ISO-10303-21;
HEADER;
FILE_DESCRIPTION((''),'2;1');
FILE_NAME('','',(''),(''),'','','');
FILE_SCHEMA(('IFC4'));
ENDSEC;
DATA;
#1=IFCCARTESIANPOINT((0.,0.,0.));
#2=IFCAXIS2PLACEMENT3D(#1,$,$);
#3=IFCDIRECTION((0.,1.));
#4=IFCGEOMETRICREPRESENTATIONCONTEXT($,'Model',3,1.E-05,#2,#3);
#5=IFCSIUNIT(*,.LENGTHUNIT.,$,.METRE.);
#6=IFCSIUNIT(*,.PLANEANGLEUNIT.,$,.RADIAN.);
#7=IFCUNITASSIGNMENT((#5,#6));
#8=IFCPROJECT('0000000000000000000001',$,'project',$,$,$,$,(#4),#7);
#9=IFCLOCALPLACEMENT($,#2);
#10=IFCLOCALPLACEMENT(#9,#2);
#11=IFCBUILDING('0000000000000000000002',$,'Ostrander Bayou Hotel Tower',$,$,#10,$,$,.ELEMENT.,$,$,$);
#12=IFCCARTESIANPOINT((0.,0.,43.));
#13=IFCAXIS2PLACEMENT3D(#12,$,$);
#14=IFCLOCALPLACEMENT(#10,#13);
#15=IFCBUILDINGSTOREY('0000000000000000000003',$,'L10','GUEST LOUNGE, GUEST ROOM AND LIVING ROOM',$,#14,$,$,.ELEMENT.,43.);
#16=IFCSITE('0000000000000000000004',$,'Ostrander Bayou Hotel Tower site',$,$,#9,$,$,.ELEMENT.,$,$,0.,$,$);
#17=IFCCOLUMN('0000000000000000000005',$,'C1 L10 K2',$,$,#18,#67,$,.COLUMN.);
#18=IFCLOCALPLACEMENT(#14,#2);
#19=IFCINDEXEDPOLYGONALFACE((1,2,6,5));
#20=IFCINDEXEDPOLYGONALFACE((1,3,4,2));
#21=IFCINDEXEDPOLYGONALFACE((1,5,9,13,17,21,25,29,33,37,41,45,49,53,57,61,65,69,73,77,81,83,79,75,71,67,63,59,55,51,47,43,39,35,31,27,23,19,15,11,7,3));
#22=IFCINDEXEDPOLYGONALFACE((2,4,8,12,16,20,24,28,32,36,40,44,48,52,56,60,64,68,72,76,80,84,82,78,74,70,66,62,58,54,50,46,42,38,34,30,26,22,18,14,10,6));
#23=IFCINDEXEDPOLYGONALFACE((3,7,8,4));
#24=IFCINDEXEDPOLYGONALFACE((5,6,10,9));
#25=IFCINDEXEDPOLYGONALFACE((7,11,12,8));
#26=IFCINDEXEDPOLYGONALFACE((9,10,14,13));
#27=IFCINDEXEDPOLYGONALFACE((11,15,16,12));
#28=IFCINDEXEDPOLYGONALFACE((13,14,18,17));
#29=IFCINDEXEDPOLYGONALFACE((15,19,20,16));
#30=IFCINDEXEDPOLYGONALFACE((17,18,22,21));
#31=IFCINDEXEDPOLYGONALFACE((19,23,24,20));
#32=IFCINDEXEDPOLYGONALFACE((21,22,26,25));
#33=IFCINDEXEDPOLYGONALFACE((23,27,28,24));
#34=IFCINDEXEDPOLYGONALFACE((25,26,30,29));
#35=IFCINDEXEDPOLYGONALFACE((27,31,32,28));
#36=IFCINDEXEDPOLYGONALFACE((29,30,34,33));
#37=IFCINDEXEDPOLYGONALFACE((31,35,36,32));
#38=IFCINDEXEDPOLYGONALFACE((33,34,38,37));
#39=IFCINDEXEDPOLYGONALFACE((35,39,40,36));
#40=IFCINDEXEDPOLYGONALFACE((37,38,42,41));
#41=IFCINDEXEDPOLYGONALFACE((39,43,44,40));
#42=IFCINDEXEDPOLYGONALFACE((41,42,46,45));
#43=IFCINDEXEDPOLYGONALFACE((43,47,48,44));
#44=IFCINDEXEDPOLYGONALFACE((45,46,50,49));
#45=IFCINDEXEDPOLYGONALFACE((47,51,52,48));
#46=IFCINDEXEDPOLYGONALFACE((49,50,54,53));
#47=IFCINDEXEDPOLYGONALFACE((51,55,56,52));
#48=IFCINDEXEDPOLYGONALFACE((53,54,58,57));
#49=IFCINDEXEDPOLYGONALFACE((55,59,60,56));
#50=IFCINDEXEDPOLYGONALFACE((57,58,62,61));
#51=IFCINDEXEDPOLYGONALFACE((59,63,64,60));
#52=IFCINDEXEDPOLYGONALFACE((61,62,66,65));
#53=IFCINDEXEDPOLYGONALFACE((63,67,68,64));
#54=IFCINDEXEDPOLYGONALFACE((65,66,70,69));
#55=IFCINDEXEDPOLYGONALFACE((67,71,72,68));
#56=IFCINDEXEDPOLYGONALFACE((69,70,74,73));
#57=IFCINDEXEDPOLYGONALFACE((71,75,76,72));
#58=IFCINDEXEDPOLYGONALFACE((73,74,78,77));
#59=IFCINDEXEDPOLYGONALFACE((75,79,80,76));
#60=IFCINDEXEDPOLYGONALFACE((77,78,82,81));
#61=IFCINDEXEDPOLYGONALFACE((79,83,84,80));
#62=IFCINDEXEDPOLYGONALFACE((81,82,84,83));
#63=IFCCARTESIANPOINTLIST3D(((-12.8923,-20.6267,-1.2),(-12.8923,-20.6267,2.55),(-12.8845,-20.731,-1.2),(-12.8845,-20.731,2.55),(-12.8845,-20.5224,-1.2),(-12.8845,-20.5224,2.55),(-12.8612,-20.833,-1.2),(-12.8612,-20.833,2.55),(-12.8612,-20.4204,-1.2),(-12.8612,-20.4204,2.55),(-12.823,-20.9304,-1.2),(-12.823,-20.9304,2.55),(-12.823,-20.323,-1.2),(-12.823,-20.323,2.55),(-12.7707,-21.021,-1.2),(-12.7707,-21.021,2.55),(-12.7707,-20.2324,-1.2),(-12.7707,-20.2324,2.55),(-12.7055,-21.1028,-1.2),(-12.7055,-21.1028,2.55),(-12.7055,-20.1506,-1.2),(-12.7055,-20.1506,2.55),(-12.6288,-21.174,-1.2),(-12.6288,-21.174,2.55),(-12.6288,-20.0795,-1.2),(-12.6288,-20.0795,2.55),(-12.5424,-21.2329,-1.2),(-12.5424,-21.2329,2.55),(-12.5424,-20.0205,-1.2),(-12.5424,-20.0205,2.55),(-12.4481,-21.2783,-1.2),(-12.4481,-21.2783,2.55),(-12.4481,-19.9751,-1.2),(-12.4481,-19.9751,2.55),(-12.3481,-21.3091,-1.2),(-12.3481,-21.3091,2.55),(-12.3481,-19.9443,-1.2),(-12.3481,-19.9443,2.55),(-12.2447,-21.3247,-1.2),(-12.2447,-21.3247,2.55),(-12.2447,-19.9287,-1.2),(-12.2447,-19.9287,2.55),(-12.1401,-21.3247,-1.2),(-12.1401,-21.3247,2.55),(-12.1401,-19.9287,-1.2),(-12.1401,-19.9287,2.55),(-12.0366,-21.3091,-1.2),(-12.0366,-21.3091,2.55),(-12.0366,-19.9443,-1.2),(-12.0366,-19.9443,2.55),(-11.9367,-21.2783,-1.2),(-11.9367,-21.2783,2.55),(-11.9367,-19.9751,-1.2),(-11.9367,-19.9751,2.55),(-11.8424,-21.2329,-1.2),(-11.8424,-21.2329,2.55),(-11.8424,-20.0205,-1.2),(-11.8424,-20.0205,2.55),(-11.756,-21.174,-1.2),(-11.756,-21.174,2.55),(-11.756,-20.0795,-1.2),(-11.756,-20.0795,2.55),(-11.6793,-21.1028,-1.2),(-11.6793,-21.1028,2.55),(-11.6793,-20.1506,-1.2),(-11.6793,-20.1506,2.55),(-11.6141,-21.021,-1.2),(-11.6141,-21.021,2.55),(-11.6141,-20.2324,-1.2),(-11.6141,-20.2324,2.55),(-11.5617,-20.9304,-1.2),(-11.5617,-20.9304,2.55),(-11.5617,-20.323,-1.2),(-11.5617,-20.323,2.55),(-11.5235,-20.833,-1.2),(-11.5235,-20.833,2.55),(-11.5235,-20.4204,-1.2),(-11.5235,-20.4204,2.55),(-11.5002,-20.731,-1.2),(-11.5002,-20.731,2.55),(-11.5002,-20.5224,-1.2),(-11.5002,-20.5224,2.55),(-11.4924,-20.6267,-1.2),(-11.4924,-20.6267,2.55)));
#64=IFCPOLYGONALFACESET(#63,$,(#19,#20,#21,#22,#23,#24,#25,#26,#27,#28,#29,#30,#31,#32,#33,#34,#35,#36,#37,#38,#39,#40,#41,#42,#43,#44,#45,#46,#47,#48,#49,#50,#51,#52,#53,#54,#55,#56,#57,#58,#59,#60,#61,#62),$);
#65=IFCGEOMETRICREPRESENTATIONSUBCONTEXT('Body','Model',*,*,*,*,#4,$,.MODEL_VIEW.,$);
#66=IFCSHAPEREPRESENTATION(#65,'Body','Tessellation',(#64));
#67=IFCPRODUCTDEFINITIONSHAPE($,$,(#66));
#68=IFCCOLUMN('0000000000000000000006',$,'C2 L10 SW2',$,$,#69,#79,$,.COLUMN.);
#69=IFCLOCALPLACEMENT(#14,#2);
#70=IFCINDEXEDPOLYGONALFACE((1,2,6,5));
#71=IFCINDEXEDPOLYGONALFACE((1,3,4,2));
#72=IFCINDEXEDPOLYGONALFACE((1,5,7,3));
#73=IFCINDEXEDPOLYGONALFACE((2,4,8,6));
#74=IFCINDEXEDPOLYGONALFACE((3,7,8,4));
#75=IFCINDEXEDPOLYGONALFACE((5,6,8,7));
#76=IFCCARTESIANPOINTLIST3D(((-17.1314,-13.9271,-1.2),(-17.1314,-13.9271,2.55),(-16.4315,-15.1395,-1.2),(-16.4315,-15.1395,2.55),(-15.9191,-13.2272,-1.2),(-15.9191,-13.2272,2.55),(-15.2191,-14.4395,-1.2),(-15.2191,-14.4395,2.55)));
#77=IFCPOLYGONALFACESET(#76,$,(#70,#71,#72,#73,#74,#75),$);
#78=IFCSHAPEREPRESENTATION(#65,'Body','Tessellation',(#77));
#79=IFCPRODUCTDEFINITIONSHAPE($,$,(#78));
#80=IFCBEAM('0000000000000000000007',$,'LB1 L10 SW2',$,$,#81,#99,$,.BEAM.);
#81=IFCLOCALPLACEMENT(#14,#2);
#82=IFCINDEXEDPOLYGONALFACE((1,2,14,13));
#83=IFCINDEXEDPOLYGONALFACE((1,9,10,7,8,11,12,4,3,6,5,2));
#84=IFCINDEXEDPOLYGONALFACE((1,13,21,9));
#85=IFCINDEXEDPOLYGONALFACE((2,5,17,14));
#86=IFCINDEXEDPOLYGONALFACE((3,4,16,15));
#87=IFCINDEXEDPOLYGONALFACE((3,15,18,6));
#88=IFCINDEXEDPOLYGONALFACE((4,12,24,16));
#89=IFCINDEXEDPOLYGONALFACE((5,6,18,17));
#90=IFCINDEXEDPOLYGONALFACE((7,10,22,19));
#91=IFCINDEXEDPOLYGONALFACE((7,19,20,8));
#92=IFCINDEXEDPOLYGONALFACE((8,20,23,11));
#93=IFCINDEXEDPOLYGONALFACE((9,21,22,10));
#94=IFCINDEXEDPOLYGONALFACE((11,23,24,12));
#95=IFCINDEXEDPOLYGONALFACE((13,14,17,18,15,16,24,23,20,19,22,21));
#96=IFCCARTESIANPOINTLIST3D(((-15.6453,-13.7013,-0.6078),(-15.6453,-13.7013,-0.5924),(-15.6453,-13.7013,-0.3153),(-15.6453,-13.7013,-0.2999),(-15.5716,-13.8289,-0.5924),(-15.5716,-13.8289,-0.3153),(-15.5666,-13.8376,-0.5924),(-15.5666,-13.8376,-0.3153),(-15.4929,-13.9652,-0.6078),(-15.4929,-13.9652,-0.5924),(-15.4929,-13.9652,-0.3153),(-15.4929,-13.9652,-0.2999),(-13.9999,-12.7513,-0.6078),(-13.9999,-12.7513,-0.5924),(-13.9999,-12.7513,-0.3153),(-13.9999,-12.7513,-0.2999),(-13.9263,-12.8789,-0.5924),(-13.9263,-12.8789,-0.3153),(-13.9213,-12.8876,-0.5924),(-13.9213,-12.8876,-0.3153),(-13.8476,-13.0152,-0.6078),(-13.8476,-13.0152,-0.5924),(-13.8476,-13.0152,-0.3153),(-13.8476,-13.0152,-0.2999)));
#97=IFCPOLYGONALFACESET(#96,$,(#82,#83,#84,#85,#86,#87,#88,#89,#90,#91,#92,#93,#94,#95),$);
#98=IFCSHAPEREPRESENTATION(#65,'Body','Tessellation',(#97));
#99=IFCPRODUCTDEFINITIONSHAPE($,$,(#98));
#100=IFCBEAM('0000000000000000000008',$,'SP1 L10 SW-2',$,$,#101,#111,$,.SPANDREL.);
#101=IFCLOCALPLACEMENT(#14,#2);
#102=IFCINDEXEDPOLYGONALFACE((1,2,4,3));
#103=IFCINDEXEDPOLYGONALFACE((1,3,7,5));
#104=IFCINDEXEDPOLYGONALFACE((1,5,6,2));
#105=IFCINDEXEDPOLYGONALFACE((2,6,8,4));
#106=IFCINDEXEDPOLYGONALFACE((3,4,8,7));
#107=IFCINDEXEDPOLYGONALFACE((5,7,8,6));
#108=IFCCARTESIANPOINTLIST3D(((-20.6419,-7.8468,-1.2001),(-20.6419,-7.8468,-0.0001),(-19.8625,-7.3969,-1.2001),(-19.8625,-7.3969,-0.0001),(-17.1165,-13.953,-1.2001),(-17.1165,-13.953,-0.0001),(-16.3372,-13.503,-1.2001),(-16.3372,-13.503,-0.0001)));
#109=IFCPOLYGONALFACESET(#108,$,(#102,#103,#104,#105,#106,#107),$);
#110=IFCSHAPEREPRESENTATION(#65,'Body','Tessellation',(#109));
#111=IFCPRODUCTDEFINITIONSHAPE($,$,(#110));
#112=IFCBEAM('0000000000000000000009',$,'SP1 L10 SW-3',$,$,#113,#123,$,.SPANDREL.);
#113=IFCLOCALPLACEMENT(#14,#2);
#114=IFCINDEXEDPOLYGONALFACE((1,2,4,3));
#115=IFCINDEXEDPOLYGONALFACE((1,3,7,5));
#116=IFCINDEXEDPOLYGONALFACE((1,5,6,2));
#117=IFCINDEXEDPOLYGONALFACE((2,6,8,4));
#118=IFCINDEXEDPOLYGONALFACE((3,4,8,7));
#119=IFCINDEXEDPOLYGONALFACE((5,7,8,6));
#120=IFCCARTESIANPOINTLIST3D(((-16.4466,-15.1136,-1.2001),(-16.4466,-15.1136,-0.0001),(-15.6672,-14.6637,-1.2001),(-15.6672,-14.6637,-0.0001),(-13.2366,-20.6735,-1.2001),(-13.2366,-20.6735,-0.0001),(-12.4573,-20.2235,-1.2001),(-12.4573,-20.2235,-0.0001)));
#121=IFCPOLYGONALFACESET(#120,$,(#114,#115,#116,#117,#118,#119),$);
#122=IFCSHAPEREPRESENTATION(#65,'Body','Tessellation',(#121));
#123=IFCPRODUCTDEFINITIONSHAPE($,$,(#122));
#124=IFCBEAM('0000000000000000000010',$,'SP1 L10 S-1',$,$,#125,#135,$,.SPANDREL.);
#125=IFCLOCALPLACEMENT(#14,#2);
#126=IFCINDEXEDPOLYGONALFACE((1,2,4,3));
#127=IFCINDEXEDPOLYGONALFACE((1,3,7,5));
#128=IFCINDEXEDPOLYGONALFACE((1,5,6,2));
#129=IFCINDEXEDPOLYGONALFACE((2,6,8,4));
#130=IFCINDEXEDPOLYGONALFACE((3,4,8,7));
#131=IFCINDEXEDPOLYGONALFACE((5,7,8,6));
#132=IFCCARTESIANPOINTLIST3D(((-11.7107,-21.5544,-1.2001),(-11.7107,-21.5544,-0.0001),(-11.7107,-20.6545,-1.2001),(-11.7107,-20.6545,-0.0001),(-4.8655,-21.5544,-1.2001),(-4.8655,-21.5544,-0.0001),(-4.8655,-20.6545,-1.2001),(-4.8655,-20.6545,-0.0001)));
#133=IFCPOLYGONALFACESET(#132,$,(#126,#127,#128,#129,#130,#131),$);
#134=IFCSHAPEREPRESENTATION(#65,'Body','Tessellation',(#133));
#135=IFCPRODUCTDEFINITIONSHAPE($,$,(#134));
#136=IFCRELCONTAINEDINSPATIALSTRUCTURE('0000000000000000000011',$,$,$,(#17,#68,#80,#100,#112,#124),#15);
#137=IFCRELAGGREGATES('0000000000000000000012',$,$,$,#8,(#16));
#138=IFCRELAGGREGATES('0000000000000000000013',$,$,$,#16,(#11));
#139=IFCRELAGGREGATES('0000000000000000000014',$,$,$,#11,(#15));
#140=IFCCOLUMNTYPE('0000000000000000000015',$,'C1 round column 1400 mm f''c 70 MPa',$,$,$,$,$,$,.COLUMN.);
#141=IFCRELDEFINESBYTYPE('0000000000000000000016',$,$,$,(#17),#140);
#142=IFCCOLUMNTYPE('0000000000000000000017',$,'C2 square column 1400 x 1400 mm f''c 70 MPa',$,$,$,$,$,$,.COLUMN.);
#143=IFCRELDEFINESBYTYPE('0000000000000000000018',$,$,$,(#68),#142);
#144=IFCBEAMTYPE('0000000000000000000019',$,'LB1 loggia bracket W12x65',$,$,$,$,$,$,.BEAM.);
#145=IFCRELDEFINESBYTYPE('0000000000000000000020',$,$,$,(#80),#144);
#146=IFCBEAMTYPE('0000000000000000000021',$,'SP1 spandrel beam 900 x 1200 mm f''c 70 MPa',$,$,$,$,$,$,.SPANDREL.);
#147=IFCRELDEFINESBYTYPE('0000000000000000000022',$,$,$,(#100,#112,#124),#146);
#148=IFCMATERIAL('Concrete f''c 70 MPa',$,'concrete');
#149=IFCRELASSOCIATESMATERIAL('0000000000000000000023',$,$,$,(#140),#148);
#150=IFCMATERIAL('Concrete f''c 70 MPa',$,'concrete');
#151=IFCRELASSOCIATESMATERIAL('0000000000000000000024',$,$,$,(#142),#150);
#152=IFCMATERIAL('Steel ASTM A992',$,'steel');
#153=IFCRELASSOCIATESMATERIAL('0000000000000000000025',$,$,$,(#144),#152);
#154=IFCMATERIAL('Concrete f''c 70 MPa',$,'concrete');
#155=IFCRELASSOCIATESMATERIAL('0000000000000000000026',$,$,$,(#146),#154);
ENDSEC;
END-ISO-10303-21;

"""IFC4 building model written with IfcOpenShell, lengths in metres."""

from ifc_helpers import new_model, si_unit, direction, frame, origin, origin_2d, place, context, subcontext, project, spatial, rectangle, circle, i_section, extrude, material, material_profile, profile_set, type_object, element, save


model = new_model("IFC4")

# Units and contexts
model_context = context("Model", 3, precision=1e-05, world=origin(), true_north=direction((0.0, 1.0)))
body_context = subcontext(model_context, "Body", "Model", "MODEL_VIEW")
ifc_project = project(units=[si_unit("LENGTHUNIT", "METRE"), si_unit("PLANEANGLEUNIT", "RADIAN")], contexts=[model_context])

# Site, building, storey
site_placement = place(None, origin())
site = spatial("IfcSite", under=ifc_project, at=site_placement, Name="Ostrander Bayou Hotel Tower site", CompositionType="ELEMENT", RefElevation=0.0)
building_placement = place(site_placement, origin())
building = spatial("IfcBuilding", under=site, at=building_placement, Name="Ostrander Bayou Hotel Tower", CompositionType="ELEMENT")
storey_placement = place(building_placement, frame((0.0, 0.0, 43.0)))
storey = spatial("IfcBuildingStorey", under=building, at=storey_placement, Name="L10", Description="GUEST LOUNGE, GUEST ROOM AND LIVING ROOM", CompositionType="ELEMENT", Elevation=43.0)

# Columns
ifc_material_1 = material(Name="Concrete f'c 70 MPa", Category="concrete")
ifc_material_profile_1 = material_profile(ifc_material_1, circle(Radius=0.7, at=origin_2d()))
ifc_profile_set_1 = profile_set([ifc_material_profile_1], Name="Concrete f'c 70 MPa")
column_type_1 = type_object("IfcColumnType", Name="C1 round column 1400 mm f'c 70 MPa", PredefinedType="COLUMN", material=ifc_profile_set_1)
column_1_placement = place(storey_placement, frame((-12.1924, -20.6267, -1.2), z_axis=(0.0, 0.0, 1.0), x_axis=(1.0, 0.0, 0.0)))
element("IfcColumn", 1, at=column_1_placement, inside=storey, type_object=column_type_1, Name="C1 L10 K2", PredefinedType="COLUMN", context=body_context, shape_type="SweptSolid", body=[
    extrude(circle(Radius=0.7, at=origin_2d()), origin(), (0.0, 0.0, 1.0), 3.75),
])
ifc_material_2 = material(Name="Concrete f'c 70 MPa", Category="concrete")
ifc_material_profile_2 = material_profile(ifc_material_2, rectangle(XDim=1.3999, YDim=1.3999, at=origin_2d()))
ifc_profile_set_2 = profile_set([ifc_material_profile_2], Name="Concrete f'c 70 MPa")
column_type_2 = type_object("IfcColumnType", Name="C2 square column 1400 x 1400 mm f'c 70 MPa", PredefinedType="COLUMN", material=ifc_profile_set_2)
column_2_placement = place(storey_placement, frame((-16.1753, -14.1833, -1.2), z_axis=(0.0, 0.0, 1.0), x_axis=(-0.5, 0.866025, 0.0)))
element("IfcColumn", 2, at=column_2_placement, inside=storey, type_object=column_type_2, Name="C2 L10 SW2", PredefinedType="COLUMN", context=body_context, shape_type="SweptSolid", body=[
    extrude(rectangle(XDim=1.3999, YDim=1.3999, at=origin_2d()), origin(), (0.0, 0.0, 1.0), 3.75),
])

# Beams
ifc_material_3 = material(Name="Steel ASTM A992", Category="steel")
ifc_material_profile_3 = material_profile(ifc_material_3, i_section(OverallWidth=0.3047, OverallDepth=0.3079, WebThickness=0.01, FlangeThickness=0.0154, at=origin_2d()))
ifc_profile_set_3 = profile_set([ifc_material_profile_3], Name="Steel ASTM A992")
beam_type_1 = type_object("IfcBeamType", Name="LB1 loggia bracket W12x65", PredefinedType="BEAM", material=ifc_profile_set_3)
beam_1_placement = place(storey_placement, frame((-15.5691, -13.8333, -0.4539), z_axis=(0.866012, 0.500023, 0.0), x_axis=(-0.500023, 0.866012, 0.0)))
element("IfcBeam", 3, at=beam_1_placement, inside=storey, type_object=beam_type_1, Name="LB1 L10 SW2", PredefinedType="BEAM", context=body_context, shape_type="SweptSolid", body=[
    extrude(i_section(OverallWidth=0.3047, OverallDepth=0.3079, WebThickness=0.01, FlangeThickness=0.0154, at=origin_2d()), origin(), (0.0, 0.0, 1.0), 1.8999),
])
ifc_material_4 = material(Name="Concrete f'c 70 MPa", Category="concrete")
ifc_material_profile_4 = material_profile(ifc_material_4, rectangle(XDim=0.8999, YDim=1.2, at=origin_2d()))
ifc_profile_set_4 = profile_set([ifc_material_profile_4], Name="Concrete f'c 70 MPa")
beam_type_2 = type_object("IfcBeamType", Name="SP1 spandrel beam 900 x 1200 mm f'c 70 MPa", PredefinedType="SPANDREL", material=ifc_profile_set_4)
beam_2_placement = place(storey_placement, frame((-20.2522, -7.6218, -0.6001), z_axis=(0.499997, -0.866027, 0.0), x_axis=(0.866027, 0.499997, 0.0)))
element("IfcBeam", 4, at=beam_2_placement, inside=storey, type_object=beam_type_2, Name="SP1 L10 SW-2", PredefinedType="SPANDREL", context=body_context, shape_type="SweptSolid", body=[
    extrude(rectangle(XDim=0.8999, YDim=1.2, at=origin_2d()), origin(), (0.0, 0.0, 1.0), 7.0508),
])
beam_3_placement = place(storey_placement, frame((-16.0569, -14.8887, -0.6001), z_axis=(0.5, -0.866025, 0.0), x_axis=(0.866025, 0.5, 0.0)))
element("IfcBeam", 5, at=beam_3_placement, inside=storey, type_object=beam_type_2, Name="SP1 L10 SW-3", PredefinedType="SPANDREL", context=body_context, shape_type="SweptSolid", body=[
    extrude(rectangle(XDim=0.8999, YDim=1.2, at=origin_2d()), origin(), (0.0, 0.0, 1.0), 6.4199),
])
beam_4_placement = place(storey_placement, frame((-11.7107, -21.1045, -0.6001), z_axis=(1.0, 0.0, 0.0), x_axis=(0.0, 1.0, 0.0)))
element("IfcBeam", 6, at=beam_4_placement, inside=storey, type_object=beam_type_2, Name="SP1 L10 S-1", PredefinedType="SPANDREL", context=body_context, shape_type="SweptSolid", body=[
    extrude(rectangle(XDim=0.8999, YDim=1.2, at=origin_2d()), origin(), (0.0, 0.0, 1.0), 6.8452),
])

save(model, "model.ifc")
